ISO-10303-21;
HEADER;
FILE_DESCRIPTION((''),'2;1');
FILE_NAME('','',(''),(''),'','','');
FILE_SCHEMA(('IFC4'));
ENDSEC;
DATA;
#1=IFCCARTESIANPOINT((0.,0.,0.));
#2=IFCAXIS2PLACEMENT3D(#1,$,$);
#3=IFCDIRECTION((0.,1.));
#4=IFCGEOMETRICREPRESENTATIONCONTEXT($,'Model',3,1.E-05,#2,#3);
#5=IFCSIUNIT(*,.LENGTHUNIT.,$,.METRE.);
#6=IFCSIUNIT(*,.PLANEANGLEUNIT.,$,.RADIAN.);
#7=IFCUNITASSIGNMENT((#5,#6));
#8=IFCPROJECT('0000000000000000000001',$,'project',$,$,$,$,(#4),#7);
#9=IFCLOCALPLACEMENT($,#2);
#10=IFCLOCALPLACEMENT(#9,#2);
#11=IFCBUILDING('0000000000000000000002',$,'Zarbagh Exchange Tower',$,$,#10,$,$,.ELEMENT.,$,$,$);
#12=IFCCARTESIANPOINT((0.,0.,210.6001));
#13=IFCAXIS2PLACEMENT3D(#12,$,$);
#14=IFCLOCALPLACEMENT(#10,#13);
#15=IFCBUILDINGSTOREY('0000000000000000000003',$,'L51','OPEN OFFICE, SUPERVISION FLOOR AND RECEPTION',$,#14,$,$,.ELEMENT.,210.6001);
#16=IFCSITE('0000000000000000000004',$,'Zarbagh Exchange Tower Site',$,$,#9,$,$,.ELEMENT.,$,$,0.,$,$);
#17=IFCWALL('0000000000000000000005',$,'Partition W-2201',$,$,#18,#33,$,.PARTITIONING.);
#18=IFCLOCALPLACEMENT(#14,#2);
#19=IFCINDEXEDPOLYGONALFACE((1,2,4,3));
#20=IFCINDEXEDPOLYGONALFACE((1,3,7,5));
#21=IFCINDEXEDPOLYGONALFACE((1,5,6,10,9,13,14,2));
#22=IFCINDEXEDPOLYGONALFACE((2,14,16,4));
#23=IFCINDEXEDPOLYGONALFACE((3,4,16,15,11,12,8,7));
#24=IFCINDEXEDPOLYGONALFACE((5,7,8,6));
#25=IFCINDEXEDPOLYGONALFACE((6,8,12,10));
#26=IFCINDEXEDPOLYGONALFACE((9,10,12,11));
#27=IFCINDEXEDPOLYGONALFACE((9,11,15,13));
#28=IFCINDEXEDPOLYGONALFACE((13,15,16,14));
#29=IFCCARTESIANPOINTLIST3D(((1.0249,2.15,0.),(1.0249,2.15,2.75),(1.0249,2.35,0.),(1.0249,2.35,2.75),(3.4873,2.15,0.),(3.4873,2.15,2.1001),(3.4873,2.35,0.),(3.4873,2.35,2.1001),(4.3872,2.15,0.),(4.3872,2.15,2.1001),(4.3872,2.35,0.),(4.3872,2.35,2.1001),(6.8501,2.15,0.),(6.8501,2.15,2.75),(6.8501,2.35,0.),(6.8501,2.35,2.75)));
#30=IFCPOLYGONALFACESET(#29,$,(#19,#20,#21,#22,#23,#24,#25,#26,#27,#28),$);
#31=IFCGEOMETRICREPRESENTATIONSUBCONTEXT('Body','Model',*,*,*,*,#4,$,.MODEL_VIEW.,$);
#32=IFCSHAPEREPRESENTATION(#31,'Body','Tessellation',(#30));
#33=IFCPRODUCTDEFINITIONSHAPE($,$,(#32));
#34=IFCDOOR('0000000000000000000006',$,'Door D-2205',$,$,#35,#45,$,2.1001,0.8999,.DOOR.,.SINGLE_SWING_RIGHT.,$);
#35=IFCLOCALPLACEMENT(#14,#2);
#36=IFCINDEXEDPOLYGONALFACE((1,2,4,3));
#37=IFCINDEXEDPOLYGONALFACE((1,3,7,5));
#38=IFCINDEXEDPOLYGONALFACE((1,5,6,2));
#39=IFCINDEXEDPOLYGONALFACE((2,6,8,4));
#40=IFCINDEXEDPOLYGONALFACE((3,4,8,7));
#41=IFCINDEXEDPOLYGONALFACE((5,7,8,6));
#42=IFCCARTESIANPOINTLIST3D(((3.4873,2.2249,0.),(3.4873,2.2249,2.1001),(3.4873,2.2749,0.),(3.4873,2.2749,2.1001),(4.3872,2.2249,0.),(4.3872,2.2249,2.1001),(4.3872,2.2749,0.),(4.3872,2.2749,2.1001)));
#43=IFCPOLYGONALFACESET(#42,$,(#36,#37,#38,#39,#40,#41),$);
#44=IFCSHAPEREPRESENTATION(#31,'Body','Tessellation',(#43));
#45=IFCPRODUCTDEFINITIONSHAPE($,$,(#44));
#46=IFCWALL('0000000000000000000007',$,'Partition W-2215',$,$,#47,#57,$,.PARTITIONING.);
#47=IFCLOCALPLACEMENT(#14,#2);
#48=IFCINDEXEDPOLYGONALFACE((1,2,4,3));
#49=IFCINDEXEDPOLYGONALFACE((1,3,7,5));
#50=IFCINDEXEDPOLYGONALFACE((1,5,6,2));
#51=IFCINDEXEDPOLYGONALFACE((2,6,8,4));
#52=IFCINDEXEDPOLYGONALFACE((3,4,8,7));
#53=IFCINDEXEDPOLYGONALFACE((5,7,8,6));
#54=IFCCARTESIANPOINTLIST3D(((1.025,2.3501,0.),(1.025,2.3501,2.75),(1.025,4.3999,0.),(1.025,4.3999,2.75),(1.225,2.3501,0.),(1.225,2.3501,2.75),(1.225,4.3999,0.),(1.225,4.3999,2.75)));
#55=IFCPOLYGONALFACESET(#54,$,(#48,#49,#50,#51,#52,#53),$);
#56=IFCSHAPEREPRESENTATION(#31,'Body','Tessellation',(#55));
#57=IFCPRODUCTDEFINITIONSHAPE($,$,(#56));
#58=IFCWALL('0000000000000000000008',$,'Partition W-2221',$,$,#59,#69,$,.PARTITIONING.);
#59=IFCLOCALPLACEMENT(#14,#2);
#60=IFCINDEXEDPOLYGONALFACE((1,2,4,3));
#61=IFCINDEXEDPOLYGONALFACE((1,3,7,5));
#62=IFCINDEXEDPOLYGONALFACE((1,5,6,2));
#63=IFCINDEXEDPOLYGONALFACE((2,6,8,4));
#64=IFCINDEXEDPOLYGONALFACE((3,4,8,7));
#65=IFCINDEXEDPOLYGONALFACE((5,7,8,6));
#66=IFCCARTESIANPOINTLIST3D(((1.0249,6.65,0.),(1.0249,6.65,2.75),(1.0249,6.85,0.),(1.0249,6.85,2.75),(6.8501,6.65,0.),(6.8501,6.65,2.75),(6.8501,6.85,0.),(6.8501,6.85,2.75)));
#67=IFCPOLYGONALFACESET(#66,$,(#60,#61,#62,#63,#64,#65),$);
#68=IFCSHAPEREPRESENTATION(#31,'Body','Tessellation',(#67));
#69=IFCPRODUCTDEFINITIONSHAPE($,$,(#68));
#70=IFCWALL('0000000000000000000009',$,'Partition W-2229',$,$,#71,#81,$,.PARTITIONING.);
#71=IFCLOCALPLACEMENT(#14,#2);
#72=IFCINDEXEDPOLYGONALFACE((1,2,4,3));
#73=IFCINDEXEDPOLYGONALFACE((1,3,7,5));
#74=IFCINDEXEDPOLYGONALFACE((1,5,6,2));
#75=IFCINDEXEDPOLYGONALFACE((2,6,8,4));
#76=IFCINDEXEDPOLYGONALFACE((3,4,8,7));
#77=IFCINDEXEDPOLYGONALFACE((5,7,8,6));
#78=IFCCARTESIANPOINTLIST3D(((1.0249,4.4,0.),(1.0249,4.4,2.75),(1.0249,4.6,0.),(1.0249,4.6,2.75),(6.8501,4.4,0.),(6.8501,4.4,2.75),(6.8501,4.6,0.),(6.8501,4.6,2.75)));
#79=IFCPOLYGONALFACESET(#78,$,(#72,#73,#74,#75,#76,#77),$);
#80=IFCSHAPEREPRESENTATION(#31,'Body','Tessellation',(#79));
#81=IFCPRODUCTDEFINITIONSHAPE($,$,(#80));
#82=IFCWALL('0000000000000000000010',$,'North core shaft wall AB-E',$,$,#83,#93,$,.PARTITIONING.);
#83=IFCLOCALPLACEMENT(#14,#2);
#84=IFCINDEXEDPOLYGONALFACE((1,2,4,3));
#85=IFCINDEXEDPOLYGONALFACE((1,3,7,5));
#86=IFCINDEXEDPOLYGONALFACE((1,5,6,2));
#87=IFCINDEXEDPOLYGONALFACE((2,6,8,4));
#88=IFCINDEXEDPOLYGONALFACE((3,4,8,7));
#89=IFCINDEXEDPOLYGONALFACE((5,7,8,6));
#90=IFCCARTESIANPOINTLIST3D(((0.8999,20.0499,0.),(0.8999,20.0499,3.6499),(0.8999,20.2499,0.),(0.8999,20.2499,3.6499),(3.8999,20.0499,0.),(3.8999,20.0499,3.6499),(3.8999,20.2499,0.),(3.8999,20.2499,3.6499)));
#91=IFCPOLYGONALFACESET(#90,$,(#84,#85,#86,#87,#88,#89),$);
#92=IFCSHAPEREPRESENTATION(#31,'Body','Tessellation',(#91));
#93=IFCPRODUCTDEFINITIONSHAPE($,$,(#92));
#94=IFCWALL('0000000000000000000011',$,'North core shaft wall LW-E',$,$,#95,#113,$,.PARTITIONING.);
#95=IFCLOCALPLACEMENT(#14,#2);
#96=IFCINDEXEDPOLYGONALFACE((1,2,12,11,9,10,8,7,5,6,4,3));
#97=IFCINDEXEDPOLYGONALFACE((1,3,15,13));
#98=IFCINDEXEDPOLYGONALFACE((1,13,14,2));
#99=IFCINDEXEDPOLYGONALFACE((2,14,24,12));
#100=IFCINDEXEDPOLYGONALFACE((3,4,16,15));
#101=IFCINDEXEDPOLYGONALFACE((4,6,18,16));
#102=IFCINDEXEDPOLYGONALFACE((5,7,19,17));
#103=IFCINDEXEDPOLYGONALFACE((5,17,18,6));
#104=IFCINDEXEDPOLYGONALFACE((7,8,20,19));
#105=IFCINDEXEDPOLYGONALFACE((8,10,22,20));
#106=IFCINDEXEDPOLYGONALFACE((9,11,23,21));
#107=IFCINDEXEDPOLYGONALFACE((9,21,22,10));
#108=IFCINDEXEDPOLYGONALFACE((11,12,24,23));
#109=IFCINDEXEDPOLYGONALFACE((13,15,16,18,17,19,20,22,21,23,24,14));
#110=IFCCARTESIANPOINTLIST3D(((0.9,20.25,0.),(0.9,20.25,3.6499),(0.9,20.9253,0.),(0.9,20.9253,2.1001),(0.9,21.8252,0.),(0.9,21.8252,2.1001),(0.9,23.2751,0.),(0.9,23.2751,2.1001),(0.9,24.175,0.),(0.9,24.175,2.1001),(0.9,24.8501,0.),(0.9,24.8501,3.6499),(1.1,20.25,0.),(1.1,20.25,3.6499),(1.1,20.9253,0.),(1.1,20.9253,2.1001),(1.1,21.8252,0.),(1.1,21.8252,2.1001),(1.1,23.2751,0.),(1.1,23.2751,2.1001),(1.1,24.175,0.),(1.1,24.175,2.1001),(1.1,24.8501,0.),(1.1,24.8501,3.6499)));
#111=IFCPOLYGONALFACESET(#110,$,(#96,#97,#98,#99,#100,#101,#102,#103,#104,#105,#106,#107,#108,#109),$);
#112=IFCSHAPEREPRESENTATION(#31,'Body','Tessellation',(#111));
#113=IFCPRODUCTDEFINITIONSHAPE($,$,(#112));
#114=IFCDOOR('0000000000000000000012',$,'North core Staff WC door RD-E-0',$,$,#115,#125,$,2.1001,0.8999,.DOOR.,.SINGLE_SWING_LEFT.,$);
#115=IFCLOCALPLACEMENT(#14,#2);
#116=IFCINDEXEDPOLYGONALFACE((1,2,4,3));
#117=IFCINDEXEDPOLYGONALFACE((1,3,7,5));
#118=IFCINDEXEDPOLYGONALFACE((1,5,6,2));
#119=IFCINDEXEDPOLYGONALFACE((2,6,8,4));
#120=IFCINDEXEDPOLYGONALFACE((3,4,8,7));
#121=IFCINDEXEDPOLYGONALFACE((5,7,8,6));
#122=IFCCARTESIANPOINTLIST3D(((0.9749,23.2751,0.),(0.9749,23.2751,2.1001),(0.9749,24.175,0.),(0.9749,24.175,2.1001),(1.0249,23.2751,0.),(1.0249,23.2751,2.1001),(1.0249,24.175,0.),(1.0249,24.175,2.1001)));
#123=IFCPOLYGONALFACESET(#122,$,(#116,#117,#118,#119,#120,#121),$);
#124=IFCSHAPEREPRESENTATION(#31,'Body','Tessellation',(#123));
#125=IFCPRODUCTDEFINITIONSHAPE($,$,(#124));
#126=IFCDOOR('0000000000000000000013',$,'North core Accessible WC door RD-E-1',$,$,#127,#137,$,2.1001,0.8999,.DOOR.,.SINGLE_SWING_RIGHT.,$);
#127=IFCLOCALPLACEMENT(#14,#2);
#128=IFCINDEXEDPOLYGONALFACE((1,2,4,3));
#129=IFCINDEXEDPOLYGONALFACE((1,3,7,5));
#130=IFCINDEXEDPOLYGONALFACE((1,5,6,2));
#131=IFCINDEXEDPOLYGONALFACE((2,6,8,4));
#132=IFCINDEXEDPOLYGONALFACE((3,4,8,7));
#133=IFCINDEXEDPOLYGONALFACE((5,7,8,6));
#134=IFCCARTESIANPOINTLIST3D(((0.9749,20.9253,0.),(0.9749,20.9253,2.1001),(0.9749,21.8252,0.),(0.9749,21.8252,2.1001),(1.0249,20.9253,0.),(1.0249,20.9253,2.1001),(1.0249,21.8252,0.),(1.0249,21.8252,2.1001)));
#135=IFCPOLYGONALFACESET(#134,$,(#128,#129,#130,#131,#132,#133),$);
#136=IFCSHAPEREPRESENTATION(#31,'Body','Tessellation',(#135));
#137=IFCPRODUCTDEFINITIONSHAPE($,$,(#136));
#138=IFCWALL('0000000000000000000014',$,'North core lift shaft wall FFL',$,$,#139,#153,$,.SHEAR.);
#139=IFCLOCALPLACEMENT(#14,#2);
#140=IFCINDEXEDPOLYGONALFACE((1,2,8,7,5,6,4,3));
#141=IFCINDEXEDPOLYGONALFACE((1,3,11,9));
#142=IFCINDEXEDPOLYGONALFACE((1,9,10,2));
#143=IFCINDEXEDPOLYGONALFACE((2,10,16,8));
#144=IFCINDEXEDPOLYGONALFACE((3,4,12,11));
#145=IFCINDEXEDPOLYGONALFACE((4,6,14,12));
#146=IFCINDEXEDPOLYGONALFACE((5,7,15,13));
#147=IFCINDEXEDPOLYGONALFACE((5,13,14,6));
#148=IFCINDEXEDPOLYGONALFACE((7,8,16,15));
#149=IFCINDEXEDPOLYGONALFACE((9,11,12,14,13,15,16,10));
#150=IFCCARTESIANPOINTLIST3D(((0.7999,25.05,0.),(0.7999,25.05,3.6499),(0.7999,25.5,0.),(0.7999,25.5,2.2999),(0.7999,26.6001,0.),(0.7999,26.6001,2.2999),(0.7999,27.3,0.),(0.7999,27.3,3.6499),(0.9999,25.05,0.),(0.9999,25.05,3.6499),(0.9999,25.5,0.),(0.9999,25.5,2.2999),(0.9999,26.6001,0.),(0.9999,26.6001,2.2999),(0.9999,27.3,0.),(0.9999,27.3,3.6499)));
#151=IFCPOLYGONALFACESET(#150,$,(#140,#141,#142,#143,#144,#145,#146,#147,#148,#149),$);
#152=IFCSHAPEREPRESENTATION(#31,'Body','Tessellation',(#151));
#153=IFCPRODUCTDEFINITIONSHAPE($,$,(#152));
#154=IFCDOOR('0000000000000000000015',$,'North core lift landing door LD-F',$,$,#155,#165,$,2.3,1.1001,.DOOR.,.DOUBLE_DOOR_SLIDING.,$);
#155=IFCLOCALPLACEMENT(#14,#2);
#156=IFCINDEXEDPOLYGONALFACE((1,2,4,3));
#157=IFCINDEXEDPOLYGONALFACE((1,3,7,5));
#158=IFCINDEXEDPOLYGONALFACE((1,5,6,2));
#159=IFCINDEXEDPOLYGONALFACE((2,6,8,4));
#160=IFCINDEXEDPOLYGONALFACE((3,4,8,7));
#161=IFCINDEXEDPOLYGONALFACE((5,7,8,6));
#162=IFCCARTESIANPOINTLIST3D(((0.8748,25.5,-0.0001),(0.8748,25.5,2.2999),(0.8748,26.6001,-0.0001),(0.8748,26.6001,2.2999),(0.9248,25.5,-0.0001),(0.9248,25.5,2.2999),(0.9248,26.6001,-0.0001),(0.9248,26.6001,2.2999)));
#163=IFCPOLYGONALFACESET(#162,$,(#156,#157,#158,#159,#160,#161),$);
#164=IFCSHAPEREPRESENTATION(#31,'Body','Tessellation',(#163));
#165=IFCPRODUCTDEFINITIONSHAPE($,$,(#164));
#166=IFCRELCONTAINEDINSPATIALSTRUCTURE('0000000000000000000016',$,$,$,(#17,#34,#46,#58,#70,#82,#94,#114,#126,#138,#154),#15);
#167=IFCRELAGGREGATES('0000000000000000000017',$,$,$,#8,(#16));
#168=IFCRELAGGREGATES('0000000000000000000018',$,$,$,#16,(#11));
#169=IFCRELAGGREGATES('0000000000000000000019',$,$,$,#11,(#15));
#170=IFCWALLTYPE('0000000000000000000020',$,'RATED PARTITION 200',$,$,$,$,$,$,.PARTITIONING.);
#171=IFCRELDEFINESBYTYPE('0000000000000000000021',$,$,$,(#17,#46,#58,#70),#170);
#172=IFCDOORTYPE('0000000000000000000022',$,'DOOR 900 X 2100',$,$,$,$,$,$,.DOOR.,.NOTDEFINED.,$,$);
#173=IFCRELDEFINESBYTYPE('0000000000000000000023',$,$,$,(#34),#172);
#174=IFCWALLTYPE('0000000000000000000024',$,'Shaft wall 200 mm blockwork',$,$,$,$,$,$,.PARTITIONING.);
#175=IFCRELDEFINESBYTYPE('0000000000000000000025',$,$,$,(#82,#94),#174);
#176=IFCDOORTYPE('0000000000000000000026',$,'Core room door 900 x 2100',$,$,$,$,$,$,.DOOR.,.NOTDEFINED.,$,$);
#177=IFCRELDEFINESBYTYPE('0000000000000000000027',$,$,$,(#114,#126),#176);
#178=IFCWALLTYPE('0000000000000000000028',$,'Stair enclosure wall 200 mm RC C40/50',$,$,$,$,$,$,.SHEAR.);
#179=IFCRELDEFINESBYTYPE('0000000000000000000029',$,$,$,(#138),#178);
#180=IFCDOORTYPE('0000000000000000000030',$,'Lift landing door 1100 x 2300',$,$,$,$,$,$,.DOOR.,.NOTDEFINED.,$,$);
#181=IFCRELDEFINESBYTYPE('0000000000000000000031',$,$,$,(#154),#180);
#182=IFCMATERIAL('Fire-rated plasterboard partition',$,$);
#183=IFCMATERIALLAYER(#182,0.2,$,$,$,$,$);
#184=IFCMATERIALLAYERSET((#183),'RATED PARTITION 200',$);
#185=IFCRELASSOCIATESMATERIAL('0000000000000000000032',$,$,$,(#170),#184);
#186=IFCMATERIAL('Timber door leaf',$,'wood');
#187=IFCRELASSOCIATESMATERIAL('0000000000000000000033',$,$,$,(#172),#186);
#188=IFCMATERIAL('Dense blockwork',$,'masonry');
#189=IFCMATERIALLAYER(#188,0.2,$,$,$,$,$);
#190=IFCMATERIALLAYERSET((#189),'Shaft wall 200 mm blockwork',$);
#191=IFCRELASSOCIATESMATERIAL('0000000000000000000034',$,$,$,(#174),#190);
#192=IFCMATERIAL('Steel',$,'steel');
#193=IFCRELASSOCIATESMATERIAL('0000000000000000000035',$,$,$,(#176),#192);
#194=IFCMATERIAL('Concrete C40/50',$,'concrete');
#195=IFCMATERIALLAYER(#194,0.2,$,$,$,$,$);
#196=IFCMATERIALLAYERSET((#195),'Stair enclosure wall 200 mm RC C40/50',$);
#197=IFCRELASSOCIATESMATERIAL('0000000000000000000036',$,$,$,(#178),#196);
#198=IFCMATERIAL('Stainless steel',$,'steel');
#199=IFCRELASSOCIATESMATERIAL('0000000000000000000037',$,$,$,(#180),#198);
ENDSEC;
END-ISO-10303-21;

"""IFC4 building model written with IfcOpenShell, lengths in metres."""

from ifc_helpers import new_model, si_unit, direction, frame, frame_2d, origin, place, context, subcontext, project, spatial, rectangle, extrude, material, layer, layer_set, type_object, element, fill, save


model = new_model("IFC4")

# Units and contexts
model_context = context("Model", 3, precision=1e-05, world=origin(), true_north=direction((0.0, 1.0)))
body_context = subcontext(model_context, "Body", "Model", "MODEL_VIEW")
ifc_project = project(units=[si_unit("LENGTHUNIT", "METRE"), si_unit("PLANEANGLEUNIT", "RADIAN")], contexts=[model_context])

# Site, building, storey
site_placement = place(None, origin())
site = spatial("IfcSite", under=ifc_project, at=site_placement, Name="Zarbagh Exchange Tower Site", CompositionType="ELEMENT", RefElevation=0.0)
building_placement = place(site_placement, origin())
building = spatial("IfcBuilding", under=site, at=building_placement, Name="Zarbagh Exchange Tower", CompositionType="ELEMENT")
storey_placement = place(building_placement, frame((0.0, 0.0, 210.6001)))
storey = spatial("IfcBuildingStorey", under=building, at=storey_placement, Name="L51", Description="OPEN OFFICE, SUPERVISION FLOOR AND RECEPTION", CompositionType="ELEMENT", Elevation=210.6001)

# Shared definitions
ifc_material_1 = material(Name="Concrete C40/50", Category="concrete")

# Shared definitions
ifc_material_2 = material(Name="Dense blockwork", Category="masonry")

# Wall, opening, door
ifc_material_3 = material(Name="Fire-rated plasterboard partition")
ifc_layer_1 = layer(ifc_material_3, 0.2)
ifc_layer_set_1 = layer_set([ifc_layer_1], Name="RATED PARTITION 200")
wall_type_1 = type_object("IfcWallType", Name="RATED PARTITION 200", PredefinedType="PARTITIONING", material=ifc_layer_set_1)
wall_1_placement = place(storey_placement, frame((1.0249, 2.25, 0.0), z_axis=(0.0, 0.0, 1.0), x_axis=(1.0, 0.0, 0.0)))
wall_1 = element("IfcWall", 1, at=wall_1_placement, inside=storey, type_object=wall_type_1, Name="Partition W-2201", PredefinedType="PARTITIONING", context=body_context, shape_type="SweptSolid", body=[
    extrude(rectangle(XDim=5.8252, YDim=0.2, at=frame_2d((2.9126, 0.0))), origin(), (0.0, 0.0, 1.0), 2.75),
])
opening_1_placement = place(wall_1_placement, frame((2.4624, 0.0, 0.0)))
opening_1 = element("IfcOpeningElement", 2, at=opening_1_placement, cuts=wall_1, PredefinedType="OPENING", context=body_context, shape_type="SweptSolid", body=[
    extrude(rectangle(XDim=0.8999, YDim=2.1001, at=frame_2d((0.45, 1.05))), frame((0.0, 0.1099, 0.0), z_axis=(0.0, -1.0, 0.0), x_axis=(1.0, 0.0, 0.0)), (0.0, 0.0, 1.0), 0.22),
])
ifc_material_4 = material(Name="Timber door leaf", Category="wood")
door_type_1 = type_object("IfcDoorType", Name="DOOR 900 X 2100", OperationType="NOTDEFINED", PredefinedType="DOOR", material=ifc_material_4)
door_1_placement = place(opening_1_placement, origin())
door_1 = element("IfcDoor", 3, at=door_1_placement, inside=storey, type_object=door_type_1, Name="Door D-2205", OperationType="SINGLE_SWING_RIGHT", OverallHeight=2.1001, OverallWidth=0.8999, PredefinedType="DOOR", context=body_context, shape_type="SweptSolid", body=[
    extrude(rectangle(XDim=0.8999, YDim=2.1001, at=frame_2d((0.45, 1.05))), frame((0.0, 0.0249, 0.0), z_axis=(0.0, -1.0, 0.0), x_axis=(1.0, 0.0, 0.0)), (0.0, 0.0, 1.0), 0.05),
])
fill(opening_1, door_1)

# Walls
wall_2_placement = place(storey_placement, frame((1.125, 2.3501, 0.0), z_axis=(0.0, 0.0, 1.0), x_axis=(0.0, 1.0, 0.0)))
element("IfcWall", 4, at=wall_2_placement, inside=storey, type_object=wall_type_1, Name="Partition W-2215", PredefinedType="PARTITIONING", context=body_context, shape_type="SweptSolid", body=[
    extrude(rectangle(XDim=2.0498, YDim=0.2, at=frame_2d((1.0249, 0.0))), origin(), (0.0, 0.0, 1.0), 2.75),
])
for number, where, z_axis, x_axis, name in (
    (5, (1.0249, 6.75, 0.0), (0.0, 0.0, 1.0), (1.0, 0.0, 0.0), "Partition W-2221"),
    (6, (1.0249, 4.5, 0.0), (0.0, 0.0, 1.0), (1.0, 0.0, 0.0), "Partition W-2229"),
):
    element("IfcWall", number, at=place(storey_placement, frame(where, z_axis=z_axis, x_axis=x_axis)), inside=storey, type_object=wall_type_1, Name=name, PredefinedType="PARTITIONING", context=body_context, shape_type="SweptSolid", body=[
        extrude(rectangle(XDim=5.8252, YDim=0.2, at=frame_2d((2.9126, 0.0))), origin(), (0.0, 0.0, 1.0), 2.75),
    ])
ifc_layer_2 = layer(ifc_material_2, 0.2)
ifc_layer_set_2 = layer_set([ifc_layer_2], Name="Shaft wall 200 mm blockwork")
wall_type_2 = type_object("IfcWallType", Name="Shaft wall 200 mm blockwork", PredefinedType="PARTITIONING", material=ifc_layer_set_2)
wall_3_placement = place(storey_placement, frame((0.8999, 20.1499, 0.0), z_axis=(0.0, 0.0, 1.0), x_axis=(1.0, 0.0, 0.0)))
element("IfcWall", 7, at=wall_3_placement, inside=storey, type_object=wall_type_2, Name="North core shaft wall AB-E", PredefinedType="PARTITIONING", context=body_context, shape_type="SweptSolid", body=[
    extrude(rectangle(XDim=3.0, YDim=0.2, at=frame_2d((1.5, 0.0))), origin(), (0.0, 0.0, 1.0), 3.6499),
])

# Wall, openings, doors
wall_4_placement = place(storey_placement, frame((1.0, 24.8501, 0.0), z_axis=(0.0, 0.0, 1.0), x_axis=(0.0, -1.0, 0.0)))
wall_4 = element("IfcWall", 8, at=wall_4_placement, inside=storey, type_object=wall_type_2, Name="North core shaft wall LW-E", PredefinedType="PARTITIONING", context=body_context, shape_type="SweptSolid", body=[
    extrude(rectangle(XDim=4.6001, YDim=0.2, at=frame_2d((2.3, 0.0))), origin(), (0.0, 0.0, 1.0), 3.6499),
])
opening_2_placement = place(wall_4_placement, frame((0.675, 0.0, 0.0)))
opening_2 = element("IfcOpeningElement", 9, at=opening_2_placement, cuts=wall_4, PredefinedType="OPENING", context=body_context, shape_type="SweptSolid", body=[
    extrude(rectangle(XDim=0.8999, YDim=2.1001, at=frame_2d((0.45, 1.05))), frame((0.0, 0.1099, 0.0), z_axis=(0.0, -1.0, 0.0), x_axis=(1.0, 0.0, 0.0)), (0.0, 0.0, 1.0), 0.22),
])
opening_3_placement = place(wall_4_placement, frame((3.0249, 0.0, 0.0)))
opening_3 = element("IfcOpeningElement", 10, at=opening_3_placement, cuts=wall_4, PredefinedType="OPENING", context=body_context, shape_type="SweptSolid", body=[
    extrude(rectangle(XDim=0.8999, YDim=2.1001, at=frame_2d((0.45, 1.05))), frame((0.0, 0.1099, 0.0), z_axis=(0.0, -1.0, 0.0), x_axis=(1.0, 0.0, 0.0)), (0.0, 0.0, 1.0), 0.22),
])
ifc_material_5 = material(Name="Steel", Category="steel")
door_type_2 = type_object("IfcDoorType", Name="Core room door 900 x 2100", OperationType="NOTDEFINED", PredefinedType="DOOR", material=ifc_material_5)
door_2_placement = place(opening_2_placement, origin())
door_2 = element("IfcDoor", 11, at=door_2_placement, inside=storey, type_object=door_type_2, Name="North core Staff WC door RD-E-0", OperationType="SINGLE_SWING_LEFT", OverallHeight=2.1001, OverallWidth=0.8999, PredefinedType="DOOR", context=body_context, shape_type="SweptSolid", body=[
    extrude(rectangle(XDim=0.8999, YDim=2.1001, at=frame_2d((0.45, 1.05))), frame((0.0, 0.0249, 0.0), z_axis=(0.0, -1.0, 0.0), x_axis=(1.0, 0.0, 0.0)), (0.0, 0.0, 1.0), 0.05),
])
fill(opening_2, door_2)
door_3_placement = place(opening_3_placement, origin())
door_3 = element("IfcDoor", 12, at=door_3_placement, inside=storey, type_object=door_type_2, Name="North core Accessible WC door RD-E-1", OperationType="SINGLE_SWING_RIGHT", OverallHeight=2.1001, OverallWidth=0.8999, PredefinedType="DOOR", context=body_context, shape_type="SweptSolid", body=[
    extrude(rectangle(XDim=0.8999, YDim=2.1001, at=frame_2d((0.45, 1.05))), frame((0.0, 0.0249, 0.0), z_axis=(0.0, -1.0, 0.0), x_axis=(1.0, 0.0, 0.0)), (0.0, 0.0, 1.0), 0.05),
])
fill(opening_3, door_3)

# Wall, opening, door
ifc_layer_3 = layer(ifc_material_1, 0.2)
ifc_layer_set_3 = layer_set([ifc_layer_3], Name="Stair enclosure wall 200 mm RC C40/50")
wall_type_3 = type_object("IfcWallType", Name="Stair enclosure wall 200 mm RC C40/50", PredefinedType="SHEAR", material=ifc_layer_set_3)
wall_5_placement = place(storey_placement, frame((0.8999, 27.3, 0.0), z_axis=(0.0, 0.0, 1.0), x_axis=(0.0, -1.0, 0.0)))
wall_5 = element("IfcWall", 13, at=wall_5_placement, inside=storey, type_object=wall_type_3, Name="North core lift shaft wall FFL", PredefinedType="SHEAR", context=body_context, shape_type="SweptSolid", body=[
    extrude(rectangle(XDim=2.25, YDim=0.2, at=frame_2d((1.125, 0.0))), origin(), (0.0, 0.0, 1.0), 3.6499),
])
opening_4_placement = place(wall_5_placement, frame((0.7, 0.0, 0.0)))
opening_4 = element("IfcOpeningElement", 14, at=opening_4_placement, cuts=wall_5, PredefinedType="OPENING", context=body_context, shape_type="SweptSolid", body=[
    extrude(rectangle(XDim=1.1001, YDim=2.3, at=frame_2d((0.55, 1.1499))), frame((0.0, 0.1099, 0.0), z_axis=(0.0, -1.0, 0.0), x_axis=(1.0, 0.0, 0.0)), (0.0, 0.0, 1.0), 0.22),
])
ifc_material_6 = material(Name="Stainless steel", Category="steel")
door_type_3 = type_object("IfcDoorType", Name="Lift landing door 1100 x 2300", OperationType="NOTDEFINED", PredefinedType="DOOR", material=ifc_material_6)
door_4_placement = place(opening_4_placement, origin())
door_4 = element("IfcDoor", 15, at=door_4_placement, inside=storey, type_object=door_type_3, Name="North core lift landing door LD-F", OperationType="DOUBLE_DOOR_SLIDING", OverallHeight=2.3, OverallWidth=1.1001, PredefinedType="DOOR", context=body_context, shape_type="SweptSolid", body=[
    extrude(rectangle(XDim=1.1001, YDim=2.3, at=frame_2d((0.55, 1.1499))), frame((0.0, 0.0249, 0.0), z_axis=(0.0, -1.0, 0.0), x_axis=(1.0, 0.0, 0.0)), (0.0, 0.0, 1.0), 0.05),
])
fill(opening_4, door_4)

save(model, "model.ifc")
